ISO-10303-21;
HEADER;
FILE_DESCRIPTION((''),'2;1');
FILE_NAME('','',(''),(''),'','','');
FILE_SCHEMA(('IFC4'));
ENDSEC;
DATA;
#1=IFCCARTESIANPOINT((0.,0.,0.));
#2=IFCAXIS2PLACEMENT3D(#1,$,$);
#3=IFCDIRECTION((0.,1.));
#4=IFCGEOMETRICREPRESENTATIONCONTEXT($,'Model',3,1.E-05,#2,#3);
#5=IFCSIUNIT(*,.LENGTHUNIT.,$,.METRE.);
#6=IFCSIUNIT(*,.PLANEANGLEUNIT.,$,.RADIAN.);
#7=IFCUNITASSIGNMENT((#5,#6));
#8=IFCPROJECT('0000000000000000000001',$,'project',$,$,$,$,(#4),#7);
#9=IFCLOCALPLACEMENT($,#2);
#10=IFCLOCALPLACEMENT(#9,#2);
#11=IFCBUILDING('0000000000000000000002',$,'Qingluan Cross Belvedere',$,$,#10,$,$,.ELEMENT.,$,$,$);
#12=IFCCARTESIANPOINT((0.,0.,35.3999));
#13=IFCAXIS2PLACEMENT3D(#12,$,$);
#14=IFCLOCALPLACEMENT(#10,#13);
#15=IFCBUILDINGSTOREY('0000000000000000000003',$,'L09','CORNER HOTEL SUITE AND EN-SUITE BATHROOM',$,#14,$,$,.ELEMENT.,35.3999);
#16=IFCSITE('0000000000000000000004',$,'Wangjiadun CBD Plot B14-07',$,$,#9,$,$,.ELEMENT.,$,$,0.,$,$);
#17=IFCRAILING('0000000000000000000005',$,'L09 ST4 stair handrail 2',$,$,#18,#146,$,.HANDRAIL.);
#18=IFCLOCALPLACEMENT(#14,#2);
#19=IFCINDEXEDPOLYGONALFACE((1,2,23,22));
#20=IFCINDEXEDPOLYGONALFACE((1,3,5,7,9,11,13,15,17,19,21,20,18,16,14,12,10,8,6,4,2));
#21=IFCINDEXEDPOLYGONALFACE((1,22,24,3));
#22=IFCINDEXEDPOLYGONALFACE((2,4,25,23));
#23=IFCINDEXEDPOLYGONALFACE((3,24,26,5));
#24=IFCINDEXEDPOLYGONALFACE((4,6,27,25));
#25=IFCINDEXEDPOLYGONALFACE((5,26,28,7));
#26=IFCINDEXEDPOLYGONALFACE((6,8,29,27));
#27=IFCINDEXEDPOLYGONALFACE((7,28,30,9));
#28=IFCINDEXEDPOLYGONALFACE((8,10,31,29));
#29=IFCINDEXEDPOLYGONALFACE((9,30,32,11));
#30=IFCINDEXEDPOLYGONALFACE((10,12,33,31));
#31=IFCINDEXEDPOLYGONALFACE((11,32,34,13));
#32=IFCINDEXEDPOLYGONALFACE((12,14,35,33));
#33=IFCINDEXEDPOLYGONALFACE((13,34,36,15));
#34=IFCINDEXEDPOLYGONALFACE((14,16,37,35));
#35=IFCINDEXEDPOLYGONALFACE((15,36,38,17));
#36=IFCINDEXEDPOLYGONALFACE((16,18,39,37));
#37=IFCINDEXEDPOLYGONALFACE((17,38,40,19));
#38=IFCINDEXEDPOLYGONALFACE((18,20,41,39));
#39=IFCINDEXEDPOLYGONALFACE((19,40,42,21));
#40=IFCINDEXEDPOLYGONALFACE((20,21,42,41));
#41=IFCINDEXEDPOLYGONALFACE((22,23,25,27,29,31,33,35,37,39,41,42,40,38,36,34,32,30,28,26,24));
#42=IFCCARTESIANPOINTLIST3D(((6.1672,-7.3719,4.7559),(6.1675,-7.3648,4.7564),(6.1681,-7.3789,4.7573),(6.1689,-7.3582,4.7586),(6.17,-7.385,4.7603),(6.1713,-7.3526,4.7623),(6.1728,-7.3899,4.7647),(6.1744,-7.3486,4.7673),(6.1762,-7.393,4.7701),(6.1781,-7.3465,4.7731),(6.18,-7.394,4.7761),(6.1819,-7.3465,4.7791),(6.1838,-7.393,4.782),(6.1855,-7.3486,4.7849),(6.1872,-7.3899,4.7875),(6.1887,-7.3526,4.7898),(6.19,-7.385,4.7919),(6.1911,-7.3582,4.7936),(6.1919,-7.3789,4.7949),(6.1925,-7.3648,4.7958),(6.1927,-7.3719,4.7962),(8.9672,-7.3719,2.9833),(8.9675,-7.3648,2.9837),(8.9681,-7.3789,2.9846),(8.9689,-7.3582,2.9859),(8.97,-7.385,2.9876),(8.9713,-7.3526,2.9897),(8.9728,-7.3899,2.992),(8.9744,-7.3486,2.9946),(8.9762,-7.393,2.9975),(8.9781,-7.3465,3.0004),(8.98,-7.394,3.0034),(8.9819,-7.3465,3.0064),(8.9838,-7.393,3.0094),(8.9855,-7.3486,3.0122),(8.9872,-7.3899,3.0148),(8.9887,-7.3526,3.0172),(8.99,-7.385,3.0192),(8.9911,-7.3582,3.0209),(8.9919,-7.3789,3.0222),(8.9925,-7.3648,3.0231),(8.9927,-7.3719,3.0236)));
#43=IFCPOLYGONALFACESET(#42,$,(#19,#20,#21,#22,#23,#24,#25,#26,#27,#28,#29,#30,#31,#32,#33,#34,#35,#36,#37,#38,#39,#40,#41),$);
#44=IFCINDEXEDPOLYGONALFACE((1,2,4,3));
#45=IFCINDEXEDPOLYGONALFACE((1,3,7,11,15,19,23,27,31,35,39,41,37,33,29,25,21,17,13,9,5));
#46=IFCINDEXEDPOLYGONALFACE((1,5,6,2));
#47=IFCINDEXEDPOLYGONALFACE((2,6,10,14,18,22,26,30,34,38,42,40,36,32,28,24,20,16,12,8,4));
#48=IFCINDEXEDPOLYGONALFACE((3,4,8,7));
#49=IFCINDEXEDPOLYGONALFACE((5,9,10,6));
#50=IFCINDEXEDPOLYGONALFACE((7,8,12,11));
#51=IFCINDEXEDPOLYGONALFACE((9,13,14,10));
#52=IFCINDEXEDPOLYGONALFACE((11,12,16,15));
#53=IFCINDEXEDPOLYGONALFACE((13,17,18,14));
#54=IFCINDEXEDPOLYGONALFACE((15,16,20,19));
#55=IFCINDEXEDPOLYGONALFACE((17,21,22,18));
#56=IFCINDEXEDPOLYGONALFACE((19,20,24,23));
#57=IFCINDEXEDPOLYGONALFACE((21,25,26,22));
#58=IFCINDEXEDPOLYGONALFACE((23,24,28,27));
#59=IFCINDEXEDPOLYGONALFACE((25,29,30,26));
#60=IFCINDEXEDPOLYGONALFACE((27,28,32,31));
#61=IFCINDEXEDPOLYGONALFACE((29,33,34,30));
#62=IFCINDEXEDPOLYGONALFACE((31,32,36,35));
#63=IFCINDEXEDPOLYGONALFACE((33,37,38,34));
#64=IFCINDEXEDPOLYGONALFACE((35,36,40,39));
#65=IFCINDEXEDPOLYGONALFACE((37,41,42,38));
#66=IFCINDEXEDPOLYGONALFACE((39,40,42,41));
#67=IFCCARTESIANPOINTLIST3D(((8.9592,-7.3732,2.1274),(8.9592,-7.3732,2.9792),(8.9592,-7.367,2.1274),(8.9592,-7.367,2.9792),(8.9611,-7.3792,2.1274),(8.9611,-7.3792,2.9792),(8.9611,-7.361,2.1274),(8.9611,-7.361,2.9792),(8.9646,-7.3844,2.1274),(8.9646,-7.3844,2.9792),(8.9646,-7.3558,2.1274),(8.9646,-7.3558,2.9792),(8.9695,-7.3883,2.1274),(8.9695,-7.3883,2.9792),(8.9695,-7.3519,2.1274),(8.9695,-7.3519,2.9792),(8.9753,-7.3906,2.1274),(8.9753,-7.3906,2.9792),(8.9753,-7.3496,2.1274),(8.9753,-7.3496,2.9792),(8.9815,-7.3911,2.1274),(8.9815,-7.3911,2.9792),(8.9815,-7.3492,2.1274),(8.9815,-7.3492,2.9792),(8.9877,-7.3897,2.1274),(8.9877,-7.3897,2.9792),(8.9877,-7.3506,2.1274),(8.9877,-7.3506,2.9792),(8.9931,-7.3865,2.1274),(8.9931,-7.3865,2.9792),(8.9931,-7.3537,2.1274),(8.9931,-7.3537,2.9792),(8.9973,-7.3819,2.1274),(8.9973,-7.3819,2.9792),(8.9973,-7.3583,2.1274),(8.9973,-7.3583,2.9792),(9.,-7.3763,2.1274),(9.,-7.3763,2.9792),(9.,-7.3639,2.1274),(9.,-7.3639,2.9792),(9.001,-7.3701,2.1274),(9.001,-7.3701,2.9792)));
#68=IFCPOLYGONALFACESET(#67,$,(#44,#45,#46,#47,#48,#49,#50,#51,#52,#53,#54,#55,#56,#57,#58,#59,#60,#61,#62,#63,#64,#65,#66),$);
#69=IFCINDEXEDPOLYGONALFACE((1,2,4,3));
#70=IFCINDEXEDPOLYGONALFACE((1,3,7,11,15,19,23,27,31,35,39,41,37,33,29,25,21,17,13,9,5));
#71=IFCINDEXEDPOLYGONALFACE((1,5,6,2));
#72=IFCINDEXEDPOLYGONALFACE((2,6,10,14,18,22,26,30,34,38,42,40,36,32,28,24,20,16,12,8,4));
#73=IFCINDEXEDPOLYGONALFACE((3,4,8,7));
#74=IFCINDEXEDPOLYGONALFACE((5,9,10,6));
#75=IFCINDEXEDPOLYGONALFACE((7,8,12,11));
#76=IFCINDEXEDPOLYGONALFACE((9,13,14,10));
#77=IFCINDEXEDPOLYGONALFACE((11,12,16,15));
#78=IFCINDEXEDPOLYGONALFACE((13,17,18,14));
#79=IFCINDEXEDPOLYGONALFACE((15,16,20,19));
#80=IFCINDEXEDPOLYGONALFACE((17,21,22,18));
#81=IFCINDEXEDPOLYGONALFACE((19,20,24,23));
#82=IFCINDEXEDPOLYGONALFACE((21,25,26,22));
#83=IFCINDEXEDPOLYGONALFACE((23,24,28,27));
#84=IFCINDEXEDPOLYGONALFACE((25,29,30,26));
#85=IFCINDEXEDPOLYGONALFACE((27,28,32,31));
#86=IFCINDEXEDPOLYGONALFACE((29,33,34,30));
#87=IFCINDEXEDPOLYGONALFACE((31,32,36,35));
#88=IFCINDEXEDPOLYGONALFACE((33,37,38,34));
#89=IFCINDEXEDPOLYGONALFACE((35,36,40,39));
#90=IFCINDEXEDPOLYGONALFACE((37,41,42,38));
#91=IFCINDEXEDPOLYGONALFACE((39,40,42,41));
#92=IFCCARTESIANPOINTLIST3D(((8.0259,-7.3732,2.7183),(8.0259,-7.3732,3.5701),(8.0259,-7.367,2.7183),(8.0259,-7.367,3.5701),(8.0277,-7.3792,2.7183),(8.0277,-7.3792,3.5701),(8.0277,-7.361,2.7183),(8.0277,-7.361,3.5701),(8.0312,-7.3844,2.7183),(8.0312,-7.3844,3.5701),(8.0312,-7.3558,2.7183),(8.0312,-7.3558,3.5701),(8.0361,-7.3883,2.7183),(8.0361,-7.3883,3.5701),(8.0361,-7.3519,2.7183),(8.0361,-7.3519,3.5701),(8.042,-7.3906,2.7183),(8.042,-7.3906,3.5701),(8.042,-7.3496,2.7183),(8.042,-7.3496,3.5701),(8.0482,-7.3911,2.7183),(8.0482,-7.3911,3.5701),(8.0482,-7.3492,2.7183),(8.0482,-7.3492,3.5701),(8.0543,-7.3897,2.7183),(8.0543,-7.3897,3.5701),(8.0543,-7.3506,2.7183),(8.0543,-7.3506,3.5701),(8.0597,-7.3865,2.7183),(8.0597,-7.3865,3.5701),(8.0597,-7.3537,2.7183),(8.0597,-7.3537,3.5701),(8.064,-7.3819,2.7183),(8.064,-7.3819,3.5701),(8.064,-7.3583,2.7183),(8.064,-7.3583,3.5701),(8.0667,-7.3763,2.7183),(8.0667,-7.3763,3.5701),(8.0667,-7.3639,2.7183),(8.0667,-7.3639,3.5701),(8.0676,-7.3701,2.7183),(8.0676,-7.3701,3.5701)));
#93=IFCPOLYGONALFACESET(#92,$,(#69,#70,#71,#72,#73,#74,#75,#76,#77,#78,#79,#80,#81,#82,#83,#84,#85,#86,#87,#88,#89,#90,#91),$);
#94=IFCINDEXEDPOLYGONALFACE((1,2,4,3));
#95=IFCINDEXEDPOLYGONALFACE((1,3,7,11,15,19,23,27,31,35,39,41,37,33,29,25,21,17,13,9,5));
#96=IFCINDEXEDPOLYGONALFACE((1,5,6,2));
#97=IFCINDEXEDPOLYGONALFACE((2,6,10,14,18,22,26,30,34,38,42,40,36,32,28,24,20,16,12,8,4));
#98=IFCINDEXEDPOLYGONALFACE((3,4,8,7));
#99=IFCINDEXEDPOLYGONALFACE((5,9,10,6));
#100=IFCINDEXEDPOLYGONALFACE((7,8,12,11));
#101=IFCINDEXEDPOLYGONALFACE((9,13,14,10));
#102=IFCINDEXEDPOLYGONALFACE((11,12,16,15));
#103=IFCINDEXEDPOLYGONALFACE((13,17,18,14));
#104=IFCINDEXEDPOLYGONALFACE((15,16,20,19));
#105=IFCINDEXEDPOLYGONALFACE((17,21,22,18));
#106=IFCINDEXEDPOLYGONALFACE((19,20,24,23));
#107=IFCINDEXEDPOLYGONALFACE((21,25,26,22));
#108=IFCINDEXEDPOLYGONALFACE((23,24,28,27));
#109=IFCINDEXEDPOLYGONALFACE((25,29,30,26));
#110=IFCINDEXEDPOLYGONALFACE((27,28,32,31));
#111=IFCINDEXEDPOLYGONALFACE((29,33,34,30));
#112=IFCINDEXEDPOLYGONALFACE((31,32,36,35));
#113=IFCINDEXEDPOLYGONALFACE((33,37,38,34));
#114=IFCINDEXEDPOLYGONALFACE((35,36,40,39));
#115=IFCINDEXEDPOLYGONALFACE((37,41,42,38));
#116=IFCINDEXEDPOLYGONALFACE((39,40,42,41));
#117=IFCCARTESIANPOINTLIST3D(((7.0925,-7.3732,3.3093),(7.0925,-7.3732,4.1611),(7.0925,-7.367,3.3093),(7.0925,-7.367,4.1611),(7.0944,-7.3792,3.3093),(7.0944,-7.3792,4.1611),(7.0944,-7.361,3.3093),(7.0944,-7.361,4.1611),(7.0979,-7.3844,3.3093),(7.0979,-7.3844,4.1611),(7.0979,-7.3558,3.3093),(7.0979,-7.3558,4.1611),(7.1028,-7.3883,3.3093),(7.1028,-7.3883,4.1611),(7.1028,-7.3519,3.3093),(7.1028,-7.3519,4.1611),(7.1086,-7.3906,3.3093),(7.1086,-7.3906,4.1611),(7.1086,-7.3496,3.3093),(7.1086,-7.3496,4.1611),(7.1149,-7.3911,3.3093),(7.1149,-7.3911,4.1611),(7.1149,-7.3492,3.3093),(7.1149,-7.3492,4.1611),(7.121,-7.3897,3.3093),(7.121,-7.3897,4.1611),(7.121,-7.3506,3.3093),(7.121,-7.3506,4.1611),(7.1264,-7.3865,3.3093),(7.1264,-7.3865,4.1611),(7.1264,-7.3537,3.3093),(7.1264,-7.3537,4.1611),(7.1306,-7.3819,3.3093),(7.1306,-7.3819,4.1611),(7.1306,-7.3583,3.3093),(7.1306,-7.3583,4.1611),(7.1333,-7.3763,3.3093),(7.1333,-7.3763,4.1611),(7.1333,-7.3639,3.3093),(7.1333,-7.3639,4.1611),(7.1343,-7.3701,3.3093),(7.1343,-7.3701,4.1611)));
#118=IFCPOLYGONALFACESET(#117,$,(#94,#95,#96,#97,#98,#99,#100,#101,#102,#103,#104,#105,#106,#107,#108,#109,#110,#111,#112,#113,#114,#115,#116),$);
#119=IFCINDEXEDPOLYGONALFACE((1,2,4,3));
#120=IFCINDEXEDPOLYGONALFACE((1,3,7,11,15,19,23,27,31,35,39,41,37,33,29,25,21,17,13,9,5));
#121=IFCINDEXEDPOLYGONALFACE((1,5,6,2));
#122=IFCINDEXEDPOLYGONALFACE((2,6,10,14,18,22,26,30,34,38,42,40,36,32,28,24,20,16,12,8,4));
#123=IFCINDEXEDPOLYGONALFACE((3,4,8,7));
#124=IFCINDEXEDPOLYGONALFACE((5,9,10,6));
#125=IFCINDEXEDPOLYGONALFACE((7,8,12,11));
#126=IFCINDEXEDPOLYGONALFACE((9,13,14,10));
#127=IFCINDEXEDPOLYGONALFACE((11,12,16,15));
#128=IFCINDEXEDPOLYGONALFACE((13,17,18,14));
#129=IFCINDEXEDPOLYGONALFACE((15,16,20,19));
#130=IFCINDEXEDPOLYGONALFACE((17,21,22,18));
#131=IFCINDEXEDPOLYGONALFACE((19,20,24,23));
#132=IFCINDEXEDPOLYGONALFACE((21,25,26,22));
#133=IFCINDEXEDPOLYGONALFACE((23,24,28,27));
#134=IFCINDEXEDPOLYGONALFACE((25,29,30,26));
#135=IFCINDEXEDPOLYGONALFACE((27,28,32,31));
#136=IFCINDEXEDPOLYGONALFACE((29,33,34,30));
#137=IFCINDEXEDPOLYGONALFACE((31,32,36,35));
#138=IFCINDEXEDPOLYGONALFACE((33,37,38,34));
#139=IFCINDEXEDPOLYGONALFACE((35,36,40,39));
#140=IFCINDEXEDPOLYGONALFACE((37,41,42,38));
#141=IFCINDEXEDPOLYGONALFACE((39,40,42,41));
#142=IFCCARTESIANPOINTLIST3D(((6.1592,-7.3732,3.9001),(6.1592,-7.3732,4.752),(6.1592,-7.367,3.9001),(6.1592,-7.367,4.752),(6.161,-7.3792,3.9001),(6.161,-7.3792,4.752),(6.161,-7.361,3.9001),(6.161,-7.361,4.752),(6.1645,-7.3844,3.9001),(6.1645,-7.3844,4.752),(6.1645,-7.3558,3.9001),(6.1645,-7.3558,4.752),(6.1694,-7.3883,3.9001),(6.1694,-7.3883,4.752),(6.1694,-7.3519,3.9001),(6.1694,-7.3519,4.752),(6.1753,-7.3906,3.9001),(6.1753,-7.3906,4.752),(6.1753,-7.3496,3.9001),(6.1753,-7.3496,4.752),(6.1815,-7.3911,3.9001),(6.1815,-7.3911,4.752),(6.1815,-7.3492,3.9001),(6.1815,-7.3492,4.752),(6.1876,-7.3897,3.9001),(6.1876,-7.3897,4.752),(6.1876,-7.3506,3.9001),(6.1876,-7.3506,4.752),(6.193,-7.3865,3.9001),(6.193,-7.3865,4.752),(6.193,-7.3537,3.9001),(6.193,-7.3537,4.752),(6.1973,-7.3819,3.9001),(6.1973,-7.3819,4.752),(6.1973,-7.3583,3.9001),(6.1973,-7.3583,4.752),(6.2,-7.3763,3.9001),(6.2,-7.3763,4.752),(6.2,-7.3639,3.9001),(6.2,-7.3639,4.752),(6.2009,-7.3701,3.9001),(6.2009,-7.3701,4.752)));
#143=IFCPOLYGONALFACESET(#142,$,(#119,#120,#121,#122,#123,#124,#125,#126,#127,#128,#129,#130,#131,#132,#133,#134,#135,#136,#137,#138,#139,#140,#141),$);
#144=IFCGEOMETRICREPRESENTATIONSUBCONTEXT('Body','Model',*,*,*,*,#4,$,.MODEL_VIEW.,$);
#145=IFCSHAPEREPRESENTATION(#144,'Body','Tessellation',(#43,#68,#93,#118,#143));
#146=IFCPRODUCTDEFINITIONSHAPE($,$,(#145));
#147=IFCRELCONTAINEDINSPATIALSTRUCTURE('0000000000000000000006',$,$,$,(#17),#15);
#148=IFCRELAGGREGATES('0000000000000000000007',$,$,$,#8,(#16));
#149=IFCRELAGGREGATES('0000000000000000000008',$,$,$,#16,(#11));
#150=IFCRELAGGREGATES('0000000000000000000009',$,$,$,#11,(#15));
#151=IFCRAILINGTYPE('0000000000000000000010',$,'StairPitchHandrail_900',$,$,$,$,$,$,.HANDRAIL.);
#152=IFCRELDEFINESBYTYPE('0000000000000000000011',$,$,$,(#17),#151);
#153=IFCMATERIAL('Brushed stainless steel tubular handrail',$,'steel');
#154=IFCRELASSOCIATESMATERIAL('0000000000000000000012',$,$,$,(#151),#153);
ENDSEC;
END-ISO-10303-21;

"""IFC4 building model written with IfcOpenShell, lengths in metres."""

from ifc_helpers import new_model, si_unit, direction, frame, origin, origin_2d, place, context, subcontext, project, spatial, circle, extrude, material, type_object, element, save


model = new_model("IFC4")

# Units and contexts
model_context = context("Model", 3, precision=1e-05, world=origin(), true_north=direction((0.0, 1.0)))
body_context = subcontext(model_context, "Body", "Model", "MODEL_VIEW")
ifc_project = project(units=[si_unit("LENGTHUNIT", "METRE"), si_unit("PLANEANGLEUNIT", "RADIAN")], contexts=[model_context])

# Site, building, storey
site_placement = place(None, origin())
site = spatial("IfcSite", under=ifc_project, at=site_placement, Name="Wangjiadun CBD Plot B14-07", CompositionType="ELEMENT", RefElevation=0.0)
building_placement = place(site_placement, origin())
building = spatial("IfcBuilding", under=site, at=building_placement, Name="Qingluan Cross Belvedere", CompositionType="ELEMENT")
storey_placement = place(building_placement, frame((0.0, 0.0, 35.3999)))
storey = spatial("IfcBuildingStorey", under=building, at=storey_placement, Name="L09", Description="CORNER HOTEL SUITE AND EN-SUITE BATHROOM", CompositionType="ELEMENT", Elevation=35.3999)

# Railing
ifc_material_1 = material(Name="Brushed stainless steel tubular handrail", Category="steel")
railing_type_1 = type_object("IfcRailingType", Name="StairPitchHandrail_900", PredefinedType="HANDRAIL", material=ifc_material_1)
for number, where, name in (
    (1, (8.98, -7.3701, 2.1274), "L09 ST4 stair handrail 2"),
):
    element("IfcRailing", number, at=place(storey_placement, frame(where)), inside=storey, type_object=railing_type_1, Name=name, PredefinedType="HANDRAIL", context=body_context, shape_type="SweptSolid", body=[
        extrude(circle(Radius=0.0239, at=origin_2d()), frame((0.0, 0.0, 0.876), z_axis=(-0.844909, 0.0, 0.53491), x_axis=(0.0, -1.0, 0.0)), (0.0, 0.0, 1.0), 3.314),
        extrude(circle(Radius=0.021, at=origin_2d()), origin(), (0.0, 0.0, 1.0), 0.8518),
        extrude(circle(Radius=0.021, at=origin_2d()), frame((-0.9333, 0.0, 0.5908)), (0.0, 0.0, 1.0), 0.8518),
        extrude(circle(Radius=0.021, at=origin_2d()), frame((-1.8667, 0.0, 1.1819)), (0.0, 0.0, 1.0), 0.8518),
        extrude(circle(Radius=0.021, at=origin_2d()), frame((-2.8, 0.0, 1.7727)), (0.0, 0.0, 1.0), 0.8518),
    ])

save(model, "model.ifc")
